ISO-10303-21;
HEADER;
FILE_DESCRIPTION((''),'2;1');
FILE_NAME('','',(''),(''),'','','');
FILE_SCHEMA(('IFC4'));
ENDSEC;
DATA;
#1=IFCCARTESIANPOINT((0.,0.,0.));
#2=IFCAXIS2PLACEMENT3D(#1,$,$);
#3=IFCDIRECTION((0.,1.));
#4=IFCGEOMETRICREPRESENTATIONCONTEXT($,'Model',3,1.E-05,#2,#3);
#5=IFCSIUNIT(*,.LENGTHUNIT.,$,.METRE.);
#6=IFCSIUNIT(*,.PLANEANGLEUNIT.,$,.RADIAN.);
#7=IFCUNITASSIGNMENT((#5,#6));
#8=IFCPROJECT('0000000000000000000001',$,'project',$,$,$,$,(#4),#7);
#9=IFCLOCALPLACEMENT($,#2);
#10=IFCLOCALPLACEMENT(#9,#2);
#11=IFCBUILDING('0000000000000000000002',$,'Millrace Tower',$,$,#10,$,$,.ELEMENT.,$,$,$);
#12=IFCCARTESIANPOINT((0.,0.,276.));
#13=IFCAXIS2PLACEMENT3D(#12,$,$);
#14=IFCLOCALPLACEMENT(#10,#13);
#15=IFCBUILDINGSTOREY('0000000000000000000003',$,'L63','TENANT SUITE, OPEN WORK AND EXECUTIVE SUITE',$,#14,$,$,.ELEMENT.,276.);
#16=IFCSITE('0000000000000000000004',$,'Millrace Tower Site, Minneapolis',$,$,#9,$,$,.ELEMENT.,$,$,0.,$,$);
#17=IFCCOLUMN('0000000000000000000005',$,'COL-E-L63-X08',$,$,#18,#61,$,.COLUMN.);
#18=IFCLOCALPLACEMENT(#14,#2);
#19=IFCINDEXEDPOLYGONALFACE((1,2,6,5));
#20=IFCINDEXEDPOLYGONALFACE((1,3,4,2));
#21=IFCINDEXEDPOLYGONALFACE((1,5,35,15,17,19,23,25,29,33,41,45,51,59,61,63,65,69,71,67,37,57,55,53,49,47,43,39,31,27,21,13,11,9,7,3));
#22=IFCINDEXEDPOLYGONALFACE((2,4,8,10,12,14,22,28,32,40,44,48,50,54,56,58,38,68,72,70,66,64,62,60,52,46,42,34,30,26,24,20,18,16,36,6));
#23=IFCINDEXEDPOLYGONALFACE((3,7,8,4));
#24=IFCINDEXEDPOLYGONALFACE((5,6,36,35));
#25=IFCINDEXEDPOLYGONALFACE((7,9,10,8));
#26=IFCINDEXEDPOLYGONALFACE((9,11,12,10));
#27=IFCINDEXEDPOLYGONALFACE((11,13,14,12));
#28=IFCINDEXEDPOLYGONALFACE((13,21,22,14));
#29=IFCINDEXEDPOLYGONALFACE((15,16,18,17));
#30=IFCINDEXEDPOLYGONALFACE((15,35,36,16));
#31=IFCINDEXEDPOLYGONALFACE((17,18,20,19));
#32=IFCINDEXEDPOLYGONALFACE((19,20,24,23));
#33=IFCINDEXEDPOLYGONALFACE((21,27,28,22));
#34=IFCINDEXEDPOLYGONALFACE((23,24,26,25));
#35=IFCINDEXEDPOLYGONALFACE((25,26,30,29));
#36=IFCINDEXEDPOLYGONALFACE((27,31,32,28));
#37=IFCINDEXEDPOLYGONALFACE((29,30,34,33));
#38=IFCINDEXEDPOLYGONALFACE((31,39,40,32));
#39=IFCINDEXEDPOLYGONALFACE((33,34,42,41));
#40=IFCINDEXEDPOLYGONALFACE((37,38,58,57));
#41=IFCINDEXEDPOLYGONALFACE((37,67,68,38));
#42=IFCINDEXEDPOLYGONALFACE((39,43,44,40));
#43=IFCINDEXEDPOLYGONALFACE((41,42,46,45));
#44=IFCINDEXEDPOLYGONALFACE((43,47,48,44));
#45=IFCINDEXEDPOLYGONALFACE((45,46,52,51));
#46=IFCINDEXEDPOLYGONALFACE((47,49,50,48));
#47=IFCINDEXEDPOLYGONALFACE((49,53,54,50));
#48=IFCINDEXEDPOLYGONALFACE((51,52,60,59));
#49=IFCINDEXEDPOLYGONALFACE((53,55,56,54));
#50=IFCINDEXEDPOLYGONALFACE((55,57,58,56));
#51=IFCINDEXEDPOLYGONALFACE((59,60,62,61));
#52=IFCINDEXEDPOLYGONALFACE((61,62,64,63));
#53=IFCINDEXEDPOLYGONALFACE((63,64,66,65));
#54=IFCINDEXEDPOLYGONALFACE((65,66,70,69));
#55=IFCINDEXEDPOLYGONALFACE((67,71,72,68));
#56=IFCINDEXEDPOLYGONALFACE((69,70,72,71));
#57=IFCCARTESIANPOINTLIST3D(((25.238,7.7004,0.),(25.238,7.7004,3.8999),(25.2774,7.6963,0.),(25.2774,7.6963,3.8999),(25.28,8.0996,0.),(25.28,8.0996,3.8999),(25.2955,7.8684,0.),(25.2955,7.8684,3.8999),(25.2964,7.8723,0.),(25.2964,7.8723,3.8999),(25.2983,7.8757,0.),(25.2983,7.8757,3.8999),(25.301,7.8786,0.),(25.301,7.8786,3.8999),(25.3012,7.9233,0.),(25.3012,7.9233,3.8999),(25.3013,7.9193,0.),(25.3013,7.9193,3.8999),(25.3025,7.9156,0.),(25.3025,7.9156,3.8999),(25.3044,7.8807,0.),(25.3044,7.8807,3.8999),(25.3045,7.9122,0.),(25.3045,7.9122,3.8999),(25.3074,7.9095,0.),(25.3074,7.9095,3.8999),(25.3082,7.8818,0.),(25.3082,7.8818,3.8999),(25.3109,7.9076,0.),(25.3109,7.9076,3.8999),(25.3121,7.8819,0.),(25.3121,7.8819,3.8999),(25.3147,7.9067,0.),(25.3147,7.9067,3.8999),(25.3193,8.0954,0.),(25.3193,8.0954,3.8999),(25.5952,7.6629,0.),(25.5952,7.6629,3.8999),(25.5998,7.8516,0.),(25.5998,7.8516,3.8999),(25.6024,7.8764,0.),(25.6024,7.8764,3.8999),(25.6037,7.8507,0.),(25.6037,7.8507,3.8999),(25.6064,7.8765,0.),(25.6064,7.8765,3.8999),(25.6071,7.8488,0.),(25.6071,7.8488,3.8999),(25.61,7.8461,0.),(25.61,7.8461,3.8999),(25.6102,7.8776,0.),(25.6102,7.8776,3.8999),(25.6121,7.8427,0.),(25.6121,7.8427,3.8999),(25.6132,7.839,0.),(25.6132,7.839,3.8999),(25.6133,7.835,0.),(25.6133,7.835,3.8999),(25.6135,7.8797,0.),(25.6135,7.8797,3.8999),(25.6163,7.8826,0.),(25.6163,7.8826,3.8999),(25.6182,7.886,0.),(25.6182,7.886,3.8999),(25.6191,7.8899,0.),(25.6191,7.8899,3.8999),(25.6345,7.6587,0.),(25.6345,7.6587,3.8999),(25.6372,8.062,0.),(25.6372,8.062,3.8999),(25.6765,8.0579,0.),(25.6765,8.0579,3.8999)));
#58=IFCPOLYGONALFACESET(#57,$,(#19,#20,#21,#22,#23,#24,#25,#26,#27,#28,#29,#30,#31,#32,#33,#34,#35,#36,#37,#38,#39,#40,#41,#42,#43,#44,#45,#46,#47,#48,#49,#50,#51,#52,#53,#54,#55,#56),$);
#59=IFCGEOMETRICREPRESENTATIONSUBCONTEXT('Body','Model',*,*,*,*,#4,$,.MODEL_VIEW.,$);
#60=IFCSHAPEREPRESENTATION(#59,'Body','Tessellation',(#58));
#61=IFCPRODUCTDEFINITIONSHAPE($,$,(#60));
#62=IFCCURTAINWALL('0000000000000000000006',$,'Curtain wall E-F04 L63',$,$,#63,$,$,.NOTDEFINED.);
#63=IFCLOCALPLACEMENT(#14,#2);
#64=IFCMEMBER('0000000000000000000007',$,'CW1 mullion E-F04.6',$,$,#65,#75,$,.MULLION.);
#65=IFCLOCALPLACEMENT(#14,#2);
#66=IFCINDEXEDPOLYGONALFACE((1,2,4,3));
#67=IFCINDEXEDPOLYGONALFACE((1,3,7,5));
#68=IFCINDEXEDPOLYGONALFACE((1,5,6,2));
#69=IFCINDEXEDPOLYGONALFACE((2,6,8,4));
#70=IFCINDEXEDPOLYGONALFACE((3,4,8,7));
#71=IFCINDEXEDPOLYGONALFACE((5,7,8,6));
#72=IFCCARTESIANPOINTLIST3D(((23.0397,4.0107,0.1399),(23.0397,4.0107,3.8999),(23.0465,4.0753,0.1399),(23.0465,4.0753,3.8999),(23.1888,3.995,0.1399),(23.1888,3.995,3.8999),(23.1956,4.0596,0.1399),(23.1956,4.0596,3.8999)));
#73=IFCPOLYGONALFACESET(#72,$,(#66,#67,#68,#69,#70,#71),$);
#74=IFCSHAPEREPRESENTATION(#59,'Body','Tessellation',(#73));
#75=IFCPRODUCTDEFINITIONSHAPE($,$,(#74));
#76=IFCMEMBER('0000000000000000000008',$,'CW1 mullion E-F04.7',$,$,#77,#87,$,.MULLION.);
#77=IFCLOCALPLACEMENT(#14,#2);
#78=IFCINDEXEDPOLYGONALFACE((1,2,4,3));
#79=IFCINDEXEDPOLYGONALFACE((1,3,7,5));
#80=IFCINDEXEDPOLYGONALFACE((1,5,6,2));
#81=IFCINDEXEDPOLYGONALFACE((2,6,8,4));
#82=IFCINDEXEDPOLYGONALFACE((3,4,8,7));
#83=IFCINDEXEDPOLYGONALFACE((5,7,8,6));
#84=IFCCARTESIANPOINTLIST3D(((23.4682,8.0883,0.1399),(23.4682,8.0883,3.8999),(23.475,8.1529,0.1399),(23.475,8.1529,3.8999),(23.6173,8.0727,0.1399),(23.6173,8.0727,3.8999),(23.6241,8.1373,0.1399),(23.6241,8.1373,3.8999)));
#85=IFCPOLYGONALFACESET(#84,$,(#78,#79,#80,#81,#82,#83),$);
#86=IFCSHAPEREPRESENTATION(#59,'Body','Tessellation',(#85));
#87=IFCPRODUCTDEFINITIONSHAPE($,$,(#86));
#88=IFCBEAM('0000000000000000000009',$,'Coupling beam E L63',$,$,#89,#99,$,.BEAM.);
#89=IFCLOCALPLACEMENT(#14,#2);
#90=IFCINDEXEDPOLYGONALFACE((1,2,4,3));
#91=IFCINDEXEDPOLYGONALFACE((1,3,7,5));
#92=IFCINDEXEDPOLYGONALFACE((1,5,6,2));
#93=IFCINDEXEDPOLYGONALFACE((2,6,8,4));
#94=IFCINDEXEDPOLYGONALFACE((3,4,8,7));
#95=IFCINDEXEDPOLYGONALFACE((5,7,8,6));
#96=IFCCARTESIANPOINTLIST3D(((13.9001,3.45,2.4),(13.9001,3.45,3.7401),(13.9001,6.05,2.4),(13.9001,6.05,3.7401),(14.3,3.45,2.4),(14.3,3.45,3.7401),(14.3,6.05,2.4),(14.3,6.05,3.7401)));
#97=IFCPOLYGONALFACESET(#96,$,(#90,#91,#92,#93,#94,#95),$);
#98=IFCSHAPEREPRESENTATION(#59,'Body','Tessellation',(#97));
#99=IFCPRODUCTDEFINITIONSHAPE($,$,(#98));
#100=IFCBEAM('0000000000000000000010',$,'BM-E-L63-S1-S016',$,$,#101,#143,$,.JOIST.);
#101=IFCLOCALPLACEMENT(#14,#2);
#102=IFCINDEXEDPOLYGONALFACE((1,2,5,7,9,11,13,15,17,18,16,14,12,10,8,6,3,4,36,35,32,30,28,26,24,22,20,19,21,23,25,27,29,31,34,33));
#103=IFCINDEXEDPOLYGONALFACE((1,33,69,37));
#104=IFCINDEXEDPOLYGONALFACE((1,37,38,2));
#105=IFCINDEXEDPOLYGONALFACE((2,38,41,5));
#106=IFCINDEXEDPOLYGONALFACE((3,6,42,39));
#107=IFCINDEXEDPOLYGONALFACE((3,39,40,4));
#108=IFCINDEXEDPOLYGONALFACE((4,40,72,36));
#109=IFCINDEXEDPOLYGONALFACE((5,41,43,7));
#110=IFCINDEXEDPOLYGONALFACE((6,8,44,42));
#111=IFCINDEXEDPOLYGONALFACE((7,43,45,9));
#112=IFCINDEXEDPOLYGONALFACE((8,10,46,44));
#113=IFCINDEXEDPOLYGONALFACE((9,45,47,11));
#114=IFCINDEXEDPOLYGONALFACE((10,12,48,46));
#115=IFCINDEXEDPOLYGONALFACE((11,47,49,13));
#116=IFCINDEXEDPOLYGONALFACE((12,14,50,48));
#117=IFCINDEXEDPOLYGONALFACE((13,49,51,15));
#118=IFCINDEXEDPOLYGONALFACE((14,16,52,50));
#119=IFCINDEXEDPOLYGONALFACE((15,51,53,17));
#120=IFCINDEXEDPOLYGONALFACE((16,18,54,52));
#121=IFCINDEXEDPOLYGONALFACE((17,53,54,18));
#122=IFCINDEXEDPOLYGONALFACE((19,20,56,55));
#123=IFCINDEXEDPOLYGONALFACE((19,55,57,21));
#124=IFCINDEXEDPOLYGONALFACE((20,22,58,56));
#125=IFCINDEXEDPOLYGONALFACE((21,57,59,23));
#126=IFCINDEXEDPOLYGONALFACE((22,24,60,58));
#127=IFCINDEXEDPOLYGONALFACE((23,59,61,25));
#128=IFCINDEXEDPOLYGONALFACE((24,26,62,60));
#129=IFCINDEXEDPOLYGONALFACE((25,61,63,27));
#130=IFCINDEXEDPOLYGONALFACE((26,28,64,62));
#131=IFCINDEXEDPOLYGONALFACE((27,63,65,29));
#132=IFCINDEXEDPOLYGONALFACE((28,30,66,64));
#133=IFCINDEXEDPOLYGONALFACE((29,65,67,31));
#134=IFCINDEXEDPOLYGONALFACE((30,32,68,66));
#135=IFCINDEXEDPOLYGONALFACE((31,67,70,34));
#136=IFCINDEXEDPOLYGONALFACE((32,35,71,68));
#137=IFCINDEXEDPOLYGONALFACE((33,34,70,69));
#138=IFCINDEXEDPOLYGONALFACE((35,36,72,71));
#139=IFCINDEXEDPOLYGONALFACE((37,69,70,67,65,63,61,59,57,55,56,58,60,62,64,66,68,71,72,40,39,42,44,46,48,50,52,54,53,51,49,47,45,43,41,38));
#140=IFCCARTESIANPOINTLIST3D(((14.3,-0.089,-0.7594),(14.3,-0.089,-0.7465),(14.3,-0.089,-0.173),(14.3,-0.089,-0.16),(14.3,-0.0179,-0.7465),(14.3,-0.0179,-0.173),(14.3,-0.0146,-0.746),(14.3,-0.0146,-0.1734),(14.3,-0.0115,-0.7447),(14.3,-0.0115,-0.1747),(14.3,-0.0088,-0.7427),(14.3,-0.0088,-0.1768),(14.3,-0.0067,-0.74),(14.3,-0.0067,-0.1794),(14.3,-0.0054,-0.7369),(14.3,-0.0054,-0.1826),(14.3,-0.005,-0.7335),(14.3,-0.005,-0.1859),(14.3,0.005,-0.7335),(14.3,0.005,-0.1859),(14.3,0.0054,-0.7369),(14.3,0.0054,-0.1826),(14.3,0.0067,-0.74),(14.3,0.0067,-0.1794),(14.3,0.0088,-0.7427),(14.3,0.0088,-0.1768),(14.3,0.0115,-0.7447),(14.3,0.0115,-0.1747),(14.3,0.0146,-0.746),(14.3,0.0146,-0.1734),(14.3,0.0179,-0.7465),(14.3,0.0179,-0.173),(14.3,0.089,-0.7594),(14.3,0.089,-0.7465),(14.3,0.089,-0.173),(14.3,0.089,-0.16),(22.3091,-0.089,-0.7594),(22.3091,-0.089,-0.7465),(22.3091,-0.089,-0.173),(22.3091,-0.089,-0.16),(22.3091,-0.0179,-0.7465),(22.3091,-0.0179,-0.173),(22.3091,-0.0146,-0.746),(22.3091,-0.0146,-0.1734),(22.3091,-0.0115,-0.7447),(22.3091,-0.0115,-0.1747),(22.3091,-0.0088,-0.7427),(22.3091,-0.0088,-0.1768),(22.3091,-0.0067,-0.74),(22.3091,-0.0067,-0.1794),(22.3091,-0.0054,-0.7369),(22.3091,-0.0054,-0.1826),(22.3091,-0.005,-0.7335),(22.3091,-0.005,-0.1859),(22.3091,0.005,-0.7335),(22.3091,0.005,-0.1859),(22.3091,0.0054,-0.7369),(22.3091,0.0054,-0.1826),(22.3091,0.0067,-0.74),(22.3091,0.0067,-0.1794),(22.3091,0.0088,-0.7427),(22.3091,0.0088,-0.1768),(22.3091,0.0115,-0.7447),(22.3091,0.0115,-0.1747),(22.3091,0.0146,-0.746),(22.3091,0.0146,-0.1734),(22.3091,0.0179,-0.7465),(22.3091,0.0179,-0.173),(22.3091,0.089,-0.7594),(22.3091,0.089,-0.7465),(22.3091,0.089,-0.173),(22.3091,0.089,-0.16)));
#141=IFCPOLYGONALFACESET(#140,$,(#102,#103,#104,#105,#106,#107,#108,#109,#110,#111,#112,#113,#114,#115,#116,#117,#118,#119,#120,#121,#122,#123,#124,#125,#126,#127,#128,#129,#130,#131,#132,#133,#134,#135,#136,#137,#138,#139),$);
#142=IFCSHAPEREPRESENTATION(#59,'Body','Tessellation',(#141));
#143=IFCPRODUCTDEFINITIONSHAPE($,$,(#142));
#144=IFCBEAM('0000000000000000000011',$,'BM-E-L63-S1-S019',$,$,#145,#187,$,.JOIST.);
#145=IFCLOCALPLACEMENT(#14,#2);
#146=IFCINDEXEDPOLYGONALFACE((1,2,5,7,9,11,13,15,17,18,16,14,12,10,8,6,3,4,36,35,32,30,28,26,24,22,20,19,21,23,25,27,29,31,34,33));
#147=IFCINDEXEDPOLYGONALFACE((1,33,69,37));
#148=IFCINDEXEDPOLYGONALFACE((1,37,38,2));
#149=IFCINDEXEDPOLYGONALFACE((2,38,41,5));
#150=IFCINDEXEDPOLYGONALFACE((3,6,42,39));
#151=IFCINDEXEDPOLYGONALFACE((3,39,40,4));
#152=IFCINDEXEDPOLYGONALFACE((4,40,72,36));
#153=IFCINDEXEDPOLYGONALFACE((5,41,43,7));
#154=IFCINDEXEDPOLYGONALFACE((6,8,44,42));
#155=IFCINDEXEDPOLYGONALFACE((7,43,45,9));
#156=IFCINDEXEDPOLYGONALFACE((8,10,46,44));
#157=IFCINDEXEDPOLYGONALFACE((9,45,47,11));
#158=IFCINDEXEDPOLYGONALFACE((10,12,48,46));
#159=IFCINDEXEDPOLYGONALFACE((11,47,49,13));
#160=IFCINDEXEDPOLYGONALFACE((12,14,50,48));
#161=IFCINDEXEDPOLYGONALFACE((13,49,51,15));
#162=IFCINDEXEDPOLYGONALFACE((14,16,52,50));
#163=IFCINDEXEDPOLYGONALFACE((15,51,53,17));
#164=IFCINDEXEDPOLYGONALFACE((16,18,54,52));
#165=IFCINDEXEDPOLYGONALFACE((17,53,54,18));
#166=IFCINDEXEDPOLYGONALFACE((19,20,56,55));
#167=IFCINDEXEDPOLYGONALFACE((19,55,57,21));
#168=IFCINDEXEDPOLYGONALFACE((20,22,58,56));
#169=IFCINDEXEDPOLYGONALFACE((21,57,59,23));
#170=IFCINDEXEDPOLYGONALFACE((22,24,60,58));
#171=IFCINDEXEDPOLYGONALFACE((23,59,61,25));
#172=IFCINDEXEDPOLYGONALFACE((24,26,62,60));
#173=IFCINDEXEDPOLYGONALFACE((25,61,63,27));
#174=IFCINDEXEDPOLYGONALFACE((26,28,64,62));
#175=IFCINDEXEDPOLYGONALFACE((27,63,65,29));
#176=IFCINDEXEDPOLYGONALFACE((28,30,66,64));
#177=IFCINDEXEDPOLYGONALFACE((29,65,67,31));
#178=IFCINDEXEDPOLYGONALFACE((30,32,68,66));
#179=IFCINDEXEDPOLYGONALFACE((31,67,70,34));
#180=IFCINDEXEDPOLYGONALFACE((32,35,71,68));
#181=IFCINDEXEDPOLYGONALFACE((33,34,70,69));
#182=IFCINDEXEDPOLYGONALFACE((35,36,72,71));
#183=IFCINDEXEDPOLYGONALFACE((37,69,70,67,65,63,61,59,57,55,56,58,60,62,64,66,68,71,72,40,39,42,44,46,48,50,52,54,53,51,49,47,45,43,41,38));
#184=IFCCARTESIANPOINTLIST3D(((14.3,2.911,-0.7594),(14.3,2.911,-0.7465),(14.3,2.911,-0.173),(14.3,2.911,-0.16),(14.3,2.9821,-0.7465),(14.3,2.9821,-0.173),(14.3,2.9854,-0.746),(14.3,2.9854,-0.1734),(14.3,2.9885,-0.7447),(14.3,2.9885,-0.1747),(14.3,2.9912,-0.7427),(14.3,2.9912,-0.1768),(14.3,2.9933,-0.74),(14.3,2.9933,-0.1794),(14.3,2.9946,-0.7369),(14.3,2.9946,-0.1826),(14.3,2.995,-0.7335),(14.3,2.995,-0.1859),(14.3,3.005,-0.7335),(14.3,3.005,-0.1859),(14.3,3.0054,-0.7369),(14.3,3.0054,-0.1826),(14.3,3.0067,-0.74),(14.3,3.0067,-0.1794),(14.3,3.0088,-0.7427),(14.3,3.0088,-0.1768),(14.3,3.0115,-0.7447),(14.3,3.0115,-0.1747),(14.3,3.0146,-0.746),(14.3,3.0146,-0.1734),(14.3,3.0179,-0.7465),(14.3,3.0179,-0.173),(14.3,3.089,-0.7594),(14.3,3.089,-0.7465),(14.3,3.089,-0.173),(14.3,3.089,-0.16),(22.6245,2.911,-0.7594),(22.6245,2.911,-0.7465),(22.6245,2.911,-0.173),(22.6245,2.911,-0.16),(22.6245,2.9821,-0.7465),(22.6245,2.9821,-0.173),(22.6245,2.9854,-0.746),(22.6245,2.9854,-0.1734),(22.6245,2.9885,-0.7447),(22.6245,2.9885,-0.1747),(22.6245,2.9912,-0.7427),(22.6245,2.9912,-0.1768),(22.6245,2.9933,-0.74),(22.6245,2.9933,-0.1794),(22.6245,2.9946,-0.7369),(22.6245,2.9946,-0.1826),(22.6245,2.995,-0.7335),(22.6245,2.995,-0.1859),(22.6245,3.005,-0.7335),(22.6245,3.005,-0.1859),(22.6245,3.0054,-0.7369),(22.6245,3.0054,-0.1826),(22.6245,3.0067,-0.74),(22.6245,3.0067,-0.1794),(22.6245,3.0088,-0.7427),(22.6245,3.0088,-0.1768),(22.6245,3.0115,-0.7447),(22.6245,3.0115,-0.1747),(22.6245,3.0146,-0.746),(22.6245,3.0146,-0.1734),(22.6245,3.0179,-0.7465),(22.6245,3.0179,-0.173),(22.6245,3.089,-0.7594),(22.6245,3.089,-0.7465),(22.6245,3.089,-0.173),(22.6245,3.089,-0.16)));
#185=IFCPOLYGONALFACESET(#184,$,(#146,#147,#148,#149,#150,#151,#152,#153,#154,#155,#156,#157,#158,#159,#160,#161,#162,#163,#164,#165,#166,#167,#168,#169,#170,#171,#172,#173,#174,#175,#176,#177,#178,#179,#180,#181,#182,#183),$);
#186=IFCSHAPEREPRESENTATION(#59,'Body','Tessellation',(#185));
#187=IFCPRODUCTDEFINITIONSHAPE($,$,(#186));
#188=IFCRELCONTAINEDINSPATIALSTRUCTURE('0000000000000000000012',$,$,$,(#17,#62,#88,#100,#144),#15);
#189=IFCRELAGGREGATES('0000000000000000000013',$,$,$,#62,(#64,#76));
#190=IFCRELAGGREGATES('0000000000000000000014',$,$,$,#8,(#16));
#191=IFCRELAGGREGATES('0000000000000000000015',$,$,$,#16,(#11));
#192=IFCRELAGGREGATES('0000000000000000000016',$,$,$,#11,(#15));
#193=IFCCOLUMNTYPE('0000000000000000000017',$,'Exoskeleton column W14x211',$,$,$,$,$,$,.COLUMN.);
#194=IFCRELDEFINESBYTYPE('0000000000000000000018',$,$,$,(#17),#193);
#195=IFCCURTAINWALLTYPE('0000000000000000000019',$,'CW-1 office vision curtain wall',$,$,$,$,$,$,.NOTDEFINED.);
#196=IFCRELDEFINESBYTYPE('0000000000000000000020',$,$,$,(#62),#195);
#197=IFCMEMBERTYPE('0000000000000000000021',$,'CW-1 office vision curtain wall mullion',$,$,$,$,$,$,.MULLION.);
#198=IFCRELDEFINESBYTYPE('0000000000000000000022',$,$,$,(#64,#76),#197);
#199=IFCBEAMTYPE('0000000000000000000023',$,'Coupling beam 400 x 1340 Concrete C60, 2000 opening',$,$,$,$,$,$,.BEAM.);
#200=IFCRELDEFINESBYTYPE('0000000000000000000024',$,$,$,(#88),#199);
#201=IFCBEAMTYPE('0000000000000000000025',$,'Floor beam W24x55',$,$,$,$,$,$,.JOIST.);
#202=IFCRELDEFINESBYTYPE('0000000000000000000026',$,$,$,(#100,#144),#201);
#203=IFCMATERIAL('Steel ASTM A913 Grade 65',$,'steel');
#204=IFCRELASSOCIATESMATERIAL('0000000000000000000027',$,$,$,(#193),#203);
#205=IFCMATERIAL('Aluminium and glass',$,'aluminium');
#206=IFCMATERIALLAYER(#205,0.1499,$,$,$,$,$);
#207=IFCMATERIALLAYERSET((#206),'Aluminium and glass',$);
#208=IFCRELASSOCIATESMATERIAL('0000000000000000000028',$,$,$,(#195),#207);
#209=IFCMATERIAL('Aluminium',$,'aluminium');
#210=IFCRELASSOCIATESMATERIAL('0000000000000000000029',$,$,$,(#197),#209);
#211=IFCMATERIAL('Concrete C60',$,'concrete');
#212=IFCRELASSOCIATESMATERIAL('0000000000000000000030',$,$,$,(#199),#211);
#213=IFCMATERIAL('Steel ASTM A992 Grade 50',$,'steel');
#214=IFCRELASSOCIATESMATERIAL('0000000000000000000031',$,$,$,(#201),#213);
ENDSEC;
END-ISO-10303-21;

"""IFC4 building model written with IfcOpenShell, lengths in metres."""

from ifc_helpers import new_model, si_unit, direction, frame, origin, origin_2d, place, context, subcontext, project, spatial, rectangle, i_section, extrude, material, layer, layer_set, material_profile, profile_set, type_object, element, aggregate, save


model = new_model("IFC4")

# Units and contexts
model_context = context("Model", 3, precision=1e-05, world=origin(), true_north=direction((0.0, 1.0)))
body_context = subcontext(model_context, "Body", "Model", "MODEL_VIEW")
ifc_project = project(units=[si_unit("LENGTHUNIT", "METRE"), si_unit("PLANEANGLEUNIT", "RADIAN")], contexts=[model_context])

# Site, building, storey
site_placement = place(None, origin())
site = spatial("IfcSite", under=ifc_project, at=site_placement, Name="Millrace Tower Site, Minneapolis", CompositionType="ELEMENT", RefElevation=0.0)
building_placement = place(site_placement, origin())
building = spatial("IfcBuilding", under=site, at=building_placement, Name="Millrace Tower", CompositionType="ELEMENT")
storey_placement = place(building_placement, frame((0.0, 0.0, 276.0)))
storey = spatial("IfcBuildingStorey", under=building, at=storey_placement, Name="L63", Description="TENANT SUITE, OPEN WORK AND EXECUTIVE SUITE", CompositionType="ELEMENT", Elevation=276.0)

# Column
ifc_material_1 = material(Name="Steel ASTM A913 Grade 65", Category="steel")
ifc_material_profile_1 = material_profile(ifc_material_1, i_section(OverallWidth=0.4014, OverallDepth=0.3987, WebThickness=0.0249, FlangeThickness=0.0396, FilletRadius=0.0151, at=origin_2d()))
ifc_profile_set_1 = profile_set([ifc_material_profile_1], Name="Steel ASTM A913 Grade 65")
column_type = type_object("IfcColumnType", Name="Exoskeleton column W14x211", PredefinedType="COLUMN", material=ifc_profile_set_1)
column_placement = place(storey_placement, frame((25.4573, 7.8792, 0.0), z_axis=(0.0, 0.0, 1.0), x_axis=(0.104528, 0.994522, 0.0)))
element("IfcColumn", 1, at=column_placement, inside=storey, type_object=column_type, Name="COL-E-L63-X08", PredefinedType="COLUMN", context=body_context, shape_type="SweptSolid", body=[
    extrude(i_section(OverallWidth=0.4014, OverallDepth=0.3987, WebThickness=0.0249, FlangeThickness=0.0396, FilletRadius=0.0151, at=origin_2d()), origin(), (0.0, 0.0, 1.0), 3.8999),
])

# Curtain wall, members
ifc_material_2 = material(Name="Aluminium and glass", Category="aluminium")
ifc_layer_1 = layer(ifc_material_2, 0.1499)
ifc_layer_set_1 = layer_set([ifc_layer_1], Name="Aluminium and glass")
curtain_wall_type = type_object("IfcCurtainWallType", Name="CW-1 office vision curtain wall", PredefinedType="NOTDEFINED", material=ifc_layer_set_1)
curtain_wall_placement = place(storey_placement, origin())
curtain_wall = element("IfcCurtainWall", 2, at=curtain_wall_placement, inside=storey, type_object=curtain_wall_type, Name="Curtain wall E-F04 L63", PredefinedType="NOTDEFINED")
ifc_material_3 = material(Name="Aluminium", Category="aluminium")
ifc_material_profile_2 = material_profile(ifc_material_3, rectangle(XDim=0.0649, YDim=0.1499, at=origin_2d()))
ifc_profile_set_2 = profile_set([ifc_material_profile_2], Name="Aluminium")
member_type = type_object("IfcMemberType", Name="CW-1 office vision curtain wall mullion", PredefinedType="MULLION", material=ifc_profile_set_2)
member_1_placement = place(storey_placement, frame((23.1177, 4.0352, 0.1399), z_axis=(0.0, 0.0, 1.0), x_axis=(0.104528, 0.994522, 0.0)))
member_1 = element("IfcMember", 3, at=member_1_placement, type_object=member_type, Name="CW1 mullion E-F04.6", PredefinedType="MULLION", context=body_context, shape_type="SweptSolid", body=[
    extrude(rectangle(XDim=0.0649, YDim=0.1499, at=origin_2d()), origin(), (0.0, 0.0, 1.0), 3.76),
])
member_2_placement = place(storey_placement, frame((23.5461, 8.1128, 0.1399), z_axis=(0.0, 0.0, 1.0), x_axis=(0.104528, 0.994522, 0.0)))
member_2 = element("IfcMember", 4, at=member_2_placement, type_object=member_type, Name="CW1 mullion E-F04.7", PredefinedType="MULLION", context=body_context, shape_type="SweptSolid", body=[
    extrude(rectangle(XDim=0.0649, YDim=0.1499, at=origin_2d()), origin(), (0.0, 0.0, 1.0), 3.76),
])
aggregate(curtain_wall, [member_1, member_2])

# Beams
ifc_material_4 = material(Name="Concrete C60", Category="concrete")
ifc_material_profile_3 = material_profile(ifc_material_4, rectangle(XDim=0.3999, YDim=1.3401, at=origin_2d()))
ifc_profile_set_3 = profile_set([ifc_material_profile_3], Name="Concrete C60")
beam_type_1 = type_object("IfcBeamType", Name="Coupling beam 400 x 1340 Concrete C60, 2000 opening", PredefinedType="BEAM", material=ifc_profile_set_3)
beam_1_placement = place(storey_placement, frame((14.1001, 6.05, 3.0701), z_axis=(0.0, -1.0, 0.0), x_axis=(1.0, 0.0, 0.0)))
element("IfcBeam", 5, at=beam_1_placement, inside=storey, type_object=beam_type_1, Name="Coupling beam E L63", PredefinedType="BEAM", context=body_context, shape_type="SweptSolid", body=[
    extrude(rectangle(XDim=0.3999, YDim=1.3401, at=origin_2d()), origin(), (0.0, 0.0, 1.0), 2.6001),
])
ifc_material_5 = material(Name="Steel ASTM A992 Grade 50", Category="steel")
ifc_material_profile_4 = material_profile(ifc_material_5, i_section(OverallWidth=0.178, OverallDepth=0.5994, WebThickness=0.01, FlangeThickness=0.0129, FilletRadius=0.0129, at=origin_2d()))
ifc_profile_set_4 = profile_set([ifc_material_profile_4], Name="Steel ASTM A992 Grade 50")
beam_type_2 = type_object("IfcBeamType", Name="Floor beam W24x55", PredefinedType="JOIST", material=ifc_profile_set_4)
beam_2_placement = place(storey_placement, frame((14.3, 0.0, -0.4597), z_axis=(1.0, 0.0, 0.0), x_axis=(0.0, 1.0, 0.0)))
element("IfcBeam", 6, at=beam_2_placement, inside=storey, type_object=beam_type_2, Name="BM-E-L63-S1-S016", PredefinedType="JOIST", context=body_context, shape_type="SweptSolid", body=[
    extrude(i_section(OverallWidth=0.178, OverallDepth=0.5994, WebThickness=0.01, FlangeThickness=0.0129, FilletRadius=0.0129, at=origin_2d()), origin(), (0.0, 0.0, 1.0), 8.009),
])
beam_3_placement = place(storey_placement, frame((14.3, 3.0, -0.4597), z_axis=(1.0, 0.0, 0.0), x_axis=(0.0, 1.0, 0.0)))
element("IfcBeam", 7, at=beam_3_placement, inside=storey, type_object=beam_type_2, Name="BM-E-L63-S1-S019", PredefinedType="JOIST", context=body_context, shape_type="SweptSolid", body=[
    extrude(i_section(OverallWidth=0.178, OverallDepth=0.5994, WebThickness=0.01, FlangeThickness=0.0129, FilletRadius=0.0129, at=origin_2d()), origin(), (0.0, 0.0, 1.0), 8.3245),
])

save(model, "model.ifc")
